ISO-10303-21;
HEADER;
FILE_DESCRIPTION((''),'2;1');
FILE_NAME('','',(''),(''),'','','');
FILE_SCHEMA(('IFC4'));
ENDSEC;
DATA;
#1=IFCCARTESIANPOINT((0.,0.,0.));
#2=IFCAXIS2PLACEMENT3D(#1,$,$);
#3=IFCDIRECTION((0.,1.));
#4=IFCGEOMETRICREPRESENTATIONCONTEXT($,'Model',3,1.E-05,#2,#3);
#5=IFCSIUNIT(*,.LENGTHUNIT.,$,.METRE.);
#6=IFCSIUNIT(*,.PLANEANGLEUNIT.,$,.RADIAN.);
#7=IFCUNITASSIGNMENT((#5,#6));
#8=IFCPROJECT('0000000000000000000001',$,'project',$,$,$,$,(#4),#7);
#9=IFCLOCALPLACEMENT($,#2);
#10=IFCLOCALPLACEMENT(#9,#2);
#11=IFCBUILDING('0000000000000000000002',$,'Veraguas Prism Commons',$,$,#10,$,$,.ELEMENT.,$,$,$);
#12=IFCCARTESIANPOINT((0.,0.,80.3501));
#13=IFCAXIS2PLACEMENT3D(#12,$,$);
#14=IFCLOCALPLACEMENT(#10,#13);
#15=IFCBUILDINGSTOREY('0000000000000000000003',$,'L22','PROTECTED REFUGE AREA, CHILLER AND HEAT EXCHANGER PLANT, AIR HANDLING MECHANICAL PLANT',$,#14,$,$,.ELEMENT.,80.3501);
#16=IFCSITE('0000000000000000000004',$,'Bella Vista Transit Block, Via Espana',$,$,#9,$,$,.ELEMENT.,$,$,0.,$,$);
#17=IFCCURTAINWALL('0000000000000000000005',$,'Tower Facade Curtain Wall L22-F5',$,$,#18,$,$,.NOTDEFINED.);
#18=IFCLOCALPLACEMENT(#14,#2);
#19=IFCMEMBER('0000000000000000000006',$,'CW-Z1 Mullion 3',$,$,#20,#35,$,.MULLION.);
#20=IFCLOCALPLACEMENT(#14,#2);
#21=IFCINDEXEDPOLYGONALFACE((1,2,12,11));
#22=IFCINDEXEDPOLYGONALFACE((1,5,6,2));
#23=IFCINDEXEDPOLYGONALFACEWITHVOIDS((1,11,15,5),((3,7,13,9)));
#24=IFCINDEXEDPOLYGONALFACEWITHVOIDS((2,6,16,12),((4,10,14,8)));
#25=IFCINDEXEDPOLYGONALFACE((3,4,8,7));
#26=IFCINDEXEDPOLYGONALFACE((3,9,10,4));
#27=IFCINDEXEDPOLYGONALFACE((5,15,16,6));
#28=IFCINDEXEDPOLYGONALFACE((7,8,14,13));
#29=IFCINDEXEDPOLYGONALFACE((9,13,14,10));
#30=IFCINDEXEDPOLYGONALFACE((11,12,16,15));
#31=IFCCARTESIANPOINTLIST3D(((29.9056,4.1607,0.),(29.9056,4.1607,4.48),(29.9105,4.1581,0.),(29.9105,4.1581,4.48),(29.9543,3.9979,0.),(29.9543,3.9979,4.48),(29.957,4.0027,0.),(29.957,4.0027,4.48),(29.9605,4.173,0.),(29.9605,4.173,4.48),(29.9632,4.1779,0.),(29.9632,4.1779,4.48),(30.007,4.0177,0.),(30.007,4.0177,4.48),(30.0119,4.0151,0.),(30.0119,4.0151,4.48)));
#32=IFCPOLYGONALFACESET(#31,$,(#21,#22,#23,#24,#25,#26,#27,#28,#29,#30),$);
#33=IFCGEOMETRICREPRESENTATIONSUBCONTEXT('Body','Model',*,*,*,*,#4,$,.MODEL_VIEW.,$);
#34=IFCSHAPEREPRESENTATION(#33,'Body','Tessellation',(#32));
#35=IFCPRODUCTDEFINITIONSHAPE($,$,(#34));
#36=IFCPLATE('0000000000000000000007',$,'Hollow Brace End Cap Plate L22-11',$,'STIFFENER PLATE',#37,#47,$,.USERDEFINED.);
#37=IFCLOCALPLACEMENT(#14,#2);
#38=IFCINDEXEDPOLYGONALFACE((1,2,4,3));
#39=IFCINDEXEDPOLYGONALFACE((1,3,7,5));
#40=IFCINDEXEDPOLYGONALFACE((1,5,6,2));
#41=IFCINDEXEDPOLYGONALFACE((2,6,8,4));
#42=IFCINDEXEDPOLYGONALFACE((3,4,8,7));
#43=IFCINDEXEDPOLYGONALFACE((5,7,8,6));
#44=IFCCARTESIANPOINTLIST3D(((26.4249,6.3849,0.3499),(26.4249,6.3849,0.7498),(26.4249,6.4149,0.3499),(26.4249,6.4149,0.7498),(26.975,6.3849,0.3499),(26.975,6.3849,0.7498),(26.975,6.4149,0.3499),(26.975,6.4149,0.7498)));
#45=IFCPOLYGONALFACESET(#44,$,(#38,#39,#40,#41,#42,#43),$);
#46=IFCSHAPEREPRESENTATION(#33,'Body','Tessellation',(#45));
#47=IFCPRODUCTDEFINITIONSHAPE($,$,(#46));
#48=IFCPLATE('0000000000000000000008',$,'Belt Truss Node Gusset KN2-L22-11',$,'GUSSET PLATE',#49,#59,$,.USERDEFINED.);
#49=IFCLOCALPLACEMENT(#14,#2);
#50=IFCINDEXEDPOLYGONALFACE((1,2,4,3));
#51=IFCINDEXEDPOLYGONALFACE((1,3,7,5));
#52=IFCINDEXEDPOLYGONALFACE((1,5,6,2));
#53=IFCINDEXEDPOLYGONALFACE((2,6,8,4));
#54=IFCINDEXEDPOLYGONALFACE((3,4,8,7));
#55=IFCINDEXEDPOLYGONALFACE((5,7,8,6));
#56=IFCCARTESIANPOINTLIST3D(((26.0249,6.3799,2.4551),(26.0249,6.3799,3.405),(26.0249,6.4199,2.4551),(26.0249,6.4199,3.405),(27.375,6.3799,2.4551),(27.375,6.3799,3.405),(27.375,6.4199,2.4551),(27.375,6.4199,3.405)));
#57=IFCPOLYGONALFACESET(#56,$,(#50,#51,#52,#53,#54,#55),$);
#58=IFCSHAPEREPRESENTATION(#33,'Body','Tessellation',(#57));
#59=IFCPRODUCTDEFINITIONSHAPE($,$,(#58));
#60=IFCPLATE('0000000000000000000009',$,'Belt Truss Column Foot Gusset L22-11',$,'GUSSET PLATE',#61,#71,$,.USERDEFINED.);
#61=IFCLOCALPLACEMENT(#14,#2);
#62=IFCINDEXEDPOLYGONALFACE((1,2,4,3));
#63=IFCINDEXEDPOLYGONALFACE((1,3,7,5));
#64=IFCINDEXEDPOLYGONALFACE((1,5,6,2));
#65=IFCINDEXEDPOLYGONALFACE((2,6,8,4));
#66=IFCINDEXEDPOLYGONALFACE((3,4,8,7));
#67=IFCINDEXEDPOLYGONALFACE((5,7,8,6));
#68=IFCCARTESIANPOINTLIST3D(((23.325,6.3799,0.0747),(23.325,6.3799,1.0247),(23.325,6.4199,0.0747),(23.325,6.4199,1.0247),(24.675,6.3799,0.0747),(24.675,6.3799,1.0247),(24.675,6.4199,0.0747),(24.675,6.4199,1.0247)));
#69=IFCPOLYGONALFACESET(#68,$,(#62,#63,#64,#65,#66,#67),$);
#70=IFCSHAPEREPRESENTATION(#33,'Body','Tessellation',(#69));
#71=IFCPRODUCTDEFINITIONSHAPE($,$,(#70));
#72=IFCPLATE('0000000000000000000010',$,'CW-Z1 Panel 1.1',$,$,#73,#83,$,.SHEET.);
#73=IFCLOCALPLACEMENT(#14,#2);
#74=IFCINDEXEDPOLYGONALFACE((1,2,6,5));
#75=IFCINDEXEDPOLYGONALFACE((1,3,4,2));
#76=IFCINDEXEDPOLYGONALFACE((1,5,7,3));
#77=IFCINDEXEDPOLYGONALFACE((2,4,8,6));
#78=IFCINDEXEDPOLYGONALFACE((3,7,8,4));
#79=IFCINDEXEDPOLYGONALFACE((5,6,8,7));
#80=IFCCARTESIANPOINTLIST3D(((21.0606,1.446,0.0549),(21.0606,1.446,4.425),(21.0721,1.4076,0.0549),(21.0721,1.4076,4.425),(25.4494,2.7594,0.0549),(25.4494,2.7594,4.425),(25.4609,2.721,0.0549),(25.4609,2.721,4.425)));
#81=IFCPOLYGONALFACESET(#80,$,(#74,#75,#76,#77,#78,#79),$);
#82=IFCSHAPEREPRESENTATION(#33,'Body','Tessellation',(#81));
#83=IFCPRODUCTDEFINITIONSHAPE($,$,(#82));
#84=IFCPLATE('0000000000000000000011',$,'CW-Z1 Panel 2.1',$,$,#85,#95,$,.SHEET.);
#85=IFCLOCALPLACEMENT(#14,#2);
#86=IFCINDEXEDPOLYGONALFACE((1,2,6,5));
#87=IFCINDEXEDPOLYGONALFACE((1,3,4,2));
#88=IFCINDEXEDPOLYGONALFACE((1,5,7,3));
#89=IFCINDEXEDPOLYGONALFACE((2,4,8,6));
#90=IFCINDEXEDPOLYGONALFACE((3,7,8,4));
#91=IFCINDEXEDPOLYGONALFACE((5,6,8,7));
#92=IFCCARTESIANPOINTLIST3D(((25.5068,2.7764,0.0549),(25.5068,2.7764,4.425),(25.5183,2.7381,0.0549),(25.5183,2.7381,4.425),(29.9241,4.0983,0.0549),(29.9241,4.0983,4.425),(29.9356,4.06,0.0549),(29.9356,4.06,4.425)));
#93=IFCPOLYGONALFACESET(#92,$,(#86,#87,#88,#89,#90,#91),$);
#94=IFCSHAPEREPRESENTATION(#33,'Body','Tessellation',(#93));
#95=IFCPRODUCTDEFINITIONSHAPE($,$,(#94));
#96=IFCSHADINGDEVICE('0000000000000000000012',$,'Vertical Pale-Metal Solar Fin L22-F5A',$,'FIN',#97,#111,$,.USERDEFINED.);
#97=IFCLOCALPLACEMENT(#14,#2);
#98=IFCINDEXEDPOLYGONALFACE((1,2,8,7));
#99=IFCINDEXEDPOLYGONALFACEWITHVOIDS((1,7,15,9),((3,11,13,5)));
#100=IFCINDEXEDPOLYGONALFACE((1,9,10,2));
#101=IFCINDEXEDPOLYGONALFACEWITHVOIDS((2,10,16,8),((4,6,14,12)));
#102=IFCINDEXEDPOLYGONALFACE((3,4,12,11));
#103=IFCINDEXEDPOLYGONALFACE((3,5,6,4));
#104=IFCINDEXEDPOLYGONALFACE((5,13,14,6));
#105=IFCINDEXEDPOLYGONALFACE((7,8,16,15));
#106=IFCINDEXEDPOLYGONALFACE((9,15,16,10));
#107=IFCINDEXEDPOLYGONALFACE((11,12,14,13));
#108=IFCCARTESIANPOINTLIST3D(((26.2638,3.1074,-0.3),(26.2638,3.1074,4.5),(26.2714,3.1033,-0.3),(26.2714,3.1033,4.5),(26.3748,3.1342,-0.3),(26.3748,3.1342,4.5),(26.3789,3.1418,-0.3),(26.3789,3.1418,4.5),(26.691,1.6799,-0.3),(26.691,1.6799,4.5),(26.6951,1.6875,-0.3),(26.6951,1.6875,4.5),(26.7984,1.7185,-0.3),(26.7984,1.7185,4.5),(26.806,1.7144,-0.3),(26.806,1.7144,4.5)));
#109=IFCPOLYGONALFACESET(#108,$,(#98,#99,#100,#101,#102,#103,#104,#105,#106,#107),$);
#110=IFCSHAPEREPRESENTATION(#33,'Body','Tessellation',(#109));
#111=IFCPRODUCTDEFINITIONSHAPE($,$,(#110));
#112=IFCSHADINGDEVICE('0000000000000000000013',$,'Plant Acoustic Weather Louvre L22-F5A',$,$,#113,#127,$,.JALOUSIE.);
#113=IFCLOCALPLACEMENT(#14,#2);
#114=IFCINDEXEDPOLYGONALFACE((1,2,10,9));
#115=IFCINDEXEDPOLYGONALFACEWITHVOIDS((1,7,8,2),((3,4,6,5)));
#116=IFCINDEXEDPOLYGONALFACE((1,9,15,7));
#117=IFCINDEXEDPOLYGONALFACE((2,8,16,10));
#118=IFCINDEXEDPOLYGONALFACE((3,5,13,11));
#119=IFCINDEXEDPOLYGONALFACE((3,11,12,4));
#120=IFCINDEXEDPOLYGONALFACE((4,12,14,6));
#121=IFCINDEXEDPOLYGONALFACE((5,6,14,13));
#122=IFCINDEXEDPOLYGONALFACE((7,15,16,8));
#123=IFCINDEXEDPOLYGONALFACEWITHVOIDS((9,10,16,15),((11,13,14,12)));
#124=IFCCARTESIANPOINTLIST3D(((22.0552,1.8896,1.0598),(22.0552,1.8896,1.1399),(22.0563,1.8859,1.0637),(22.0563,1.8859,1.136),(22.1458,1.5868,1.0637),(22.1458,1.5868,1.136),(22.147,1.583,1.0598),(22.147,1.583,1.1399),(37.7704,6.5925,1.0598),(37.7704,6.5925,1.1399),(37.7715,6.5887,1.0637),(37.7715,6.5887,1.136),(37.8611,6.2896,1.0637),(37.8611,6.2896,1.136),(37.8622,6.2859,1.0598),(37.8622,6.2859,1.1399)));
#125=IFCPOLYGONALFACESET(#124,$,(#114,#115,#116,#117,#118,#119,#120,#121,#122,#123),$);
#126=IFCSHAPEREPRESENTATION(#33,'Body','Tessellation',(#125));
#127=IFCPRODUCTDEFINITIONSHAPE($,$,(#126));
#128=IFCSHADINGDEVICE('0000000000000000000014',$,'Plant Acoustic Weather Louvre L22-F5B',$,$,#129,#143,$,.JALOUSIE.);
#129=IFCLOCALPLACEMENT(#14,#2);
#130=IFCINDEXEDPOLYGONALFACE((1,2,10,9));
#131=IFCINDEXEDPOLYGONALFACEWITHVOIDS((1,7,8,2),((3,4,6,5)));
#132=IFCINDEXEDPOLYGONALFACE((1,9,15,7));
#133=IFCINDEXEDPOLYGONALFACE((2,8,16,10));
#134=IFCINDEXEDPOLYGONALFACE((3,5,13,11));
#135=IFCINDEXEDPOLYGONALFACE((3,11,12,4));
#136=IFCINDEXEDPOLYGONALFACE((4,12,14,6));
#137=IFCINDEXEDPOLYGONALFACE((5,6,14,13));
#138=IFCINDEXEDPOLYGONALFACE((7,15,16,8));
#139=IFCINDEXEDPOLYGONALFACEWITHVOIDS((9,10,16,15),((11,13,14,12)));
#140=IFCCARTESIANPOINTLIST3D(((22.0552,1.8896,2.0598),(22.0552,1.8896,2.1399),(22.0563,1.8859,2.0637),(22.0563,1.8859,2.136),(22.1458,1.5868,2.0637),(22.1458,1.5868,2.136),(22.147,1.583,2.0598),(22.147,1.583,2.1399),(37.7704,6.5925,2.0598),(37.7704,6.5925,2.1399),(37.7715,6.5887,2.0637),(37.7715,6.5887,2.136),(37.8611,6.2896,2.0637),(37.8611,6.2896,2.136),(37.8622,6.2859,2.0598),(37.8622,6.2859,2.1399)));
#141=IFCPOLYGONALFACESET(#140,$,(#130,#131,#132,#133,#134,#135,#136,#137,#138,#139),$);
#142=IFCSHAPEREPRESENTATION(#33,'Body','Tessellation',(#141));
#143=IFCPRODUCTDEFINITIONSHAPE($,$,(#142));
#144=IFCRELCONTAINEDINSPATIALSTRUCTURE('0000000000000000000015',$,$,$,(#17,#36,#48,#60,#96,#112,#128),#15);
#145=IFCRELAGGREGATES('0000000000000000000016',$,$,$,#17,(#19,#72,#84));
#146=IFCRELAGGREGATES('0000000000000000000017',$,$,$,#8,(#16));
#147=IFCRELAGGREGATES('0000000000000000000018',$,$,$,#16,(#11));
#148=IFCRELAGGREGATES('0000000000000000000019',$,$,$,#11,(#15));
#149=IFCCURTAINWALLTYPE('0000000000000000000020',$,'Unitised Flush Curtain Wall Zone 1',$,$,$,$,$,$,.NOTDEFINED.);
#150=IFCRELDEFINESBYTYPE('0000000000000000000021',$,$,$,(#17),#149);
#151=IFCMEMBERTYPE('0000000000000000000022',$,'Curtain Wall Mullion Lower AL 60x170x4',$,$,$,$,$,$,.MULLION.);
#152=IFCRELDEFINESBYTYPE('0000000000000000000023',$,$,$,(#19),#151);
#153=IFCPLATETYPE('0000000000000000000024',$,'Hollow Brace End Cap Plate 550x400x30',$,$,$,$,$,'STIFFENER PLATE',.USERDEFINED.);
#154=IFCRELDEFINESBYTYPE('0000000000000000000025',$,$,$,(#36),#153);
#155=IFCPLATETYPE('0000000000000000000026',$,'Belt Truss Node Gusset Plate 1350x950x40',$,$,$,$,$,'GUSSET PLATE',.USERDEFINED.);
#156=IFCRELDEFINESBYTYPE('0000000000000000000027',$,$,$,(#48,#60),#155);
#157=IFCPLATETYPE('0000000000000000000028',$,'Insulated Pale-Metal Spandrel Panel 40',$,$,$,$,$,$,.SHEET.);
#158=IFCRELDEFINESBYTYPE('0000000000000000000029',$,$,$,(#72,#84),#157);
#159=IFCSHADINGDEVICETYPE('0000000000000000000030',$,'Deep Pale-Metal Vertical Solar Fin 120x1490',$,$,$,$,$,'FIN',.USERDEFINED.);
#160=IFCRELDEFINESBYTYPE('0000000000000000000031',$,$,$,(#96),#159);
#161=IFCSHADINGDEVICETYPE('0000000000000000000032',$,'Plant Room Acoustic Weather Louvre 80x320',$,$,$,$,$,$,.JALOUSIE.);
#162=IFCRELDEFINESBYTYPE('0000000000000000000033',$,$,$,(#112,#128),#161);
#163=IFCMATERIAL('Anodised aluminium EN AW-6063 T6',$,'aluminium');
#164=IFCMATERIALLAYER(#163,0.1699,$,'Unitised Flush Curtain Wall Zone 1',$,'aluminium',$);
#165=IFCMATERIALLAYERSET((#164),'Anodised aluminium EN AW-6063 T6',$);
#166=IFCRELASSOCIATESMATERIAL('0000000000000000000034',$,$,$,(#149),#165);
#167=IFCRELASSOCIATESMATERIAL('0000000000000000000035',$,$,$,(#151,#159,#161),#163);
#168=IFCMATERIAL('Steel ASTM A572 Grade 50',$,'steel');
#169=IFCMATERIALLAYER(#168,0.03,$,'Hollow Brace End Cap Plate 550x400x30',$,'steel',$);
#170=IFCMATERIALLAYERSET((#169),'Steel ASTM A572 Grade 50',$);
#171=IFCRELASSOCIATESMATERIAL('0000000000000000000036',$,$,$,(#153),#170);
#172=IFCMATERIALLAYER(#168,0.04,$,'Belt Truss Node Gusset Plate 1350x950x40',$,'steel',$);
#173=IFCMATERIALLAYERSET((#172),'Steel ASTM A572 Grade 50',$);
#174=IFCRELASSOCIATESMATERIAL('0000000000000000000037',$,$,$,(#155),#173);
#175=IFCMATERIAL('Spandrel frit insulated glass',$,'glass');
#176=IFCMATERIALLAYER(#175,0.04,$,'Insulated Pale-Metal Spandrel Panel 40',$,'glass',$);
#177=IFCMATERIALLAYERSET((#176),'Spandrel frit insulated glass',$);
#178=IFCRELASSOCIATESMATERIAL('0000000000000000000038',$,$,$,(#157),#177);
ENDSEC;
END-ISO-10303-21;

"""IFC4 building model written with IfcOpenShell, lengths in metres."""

from ifc_helpers import new_model, si_unit, direction, frame, origin, origin_2d, place, context, subcontext, project, spatial, rectangle, hollow_rectangle, extrude, source, transform, mapped, material, layer, layer_set, material_profile, profile_set, type_object, element, aggregate, save


model = new_model("IFC4")

# Units and contexts
model_context = context("Model", 3, precision=1e-05, world=origin(), true_north=direction((0.0, 1.0)))
body_context = subcontext(model_context, "Body", "Model", "MODEL_VIEW")
ifc_project = project(units=[si_unit("LENGTHUNIT", "METRE"), si_unit("PLANEANGLEUNIT", "RADIAN")], contexts=[model_context])

# Site, building, storey
site_placement = place(None, origin())
site = spatial("IfcSite", under=ifc_project, at=site_placement, Name="Bella Vista Transit Block, Via Espana", CompositionType="ELEMENT", RefElevation=0.0)
building_placement = place(site_placement, origin())
building = spatial("IfcBuilding", under=site, at=building_placement, Name="Veraguas Prism Commons", CompositionType="ELEMENT")
storey_placement = place(building_placement, frame((0.0, 0.0, 80.3501)))
storey = spatial("IfcBuildingStorey", under=building, at=storey_placement, Name="L22", Description="PROTECTED REFUGE AREA, CHILLER AND HEAT EXCHANGER PLANT, AIR HANDLING MECHANICAL PLANT", CompositionType="ELEMENT", Elevation=80.3501)

# Shared definitions
ifc_material_1 = material(Name="Steel ASTM A572 Grade 50", Category="steel")

# Curtain wall, member
ifc_material_2 = material(Name="Anodised aluminium EN AW-6063 T6", Category="aluminium")
ifc_layer_1 = layer(ifc_material_2, 0.1699, Name="Unitised Flush Curtain Wall Zone 1", Category="aluminium")
ifc_layer_set_1 = layer_set([ifc_layer_1], Name="Anodised aluminium EN AW-6063 T6")
curtain_wall_type = type_object("IfcCurtainWallType", Name="Unitised Flush Curtain Wall Zone 1", PredefinedType="NOTDEFINED", material=ifc_layer_set_1)
curtain_wall_placement = place(storey_placement, origin())
curtain_wall = element("IfcCurtainWall", 1, at=curtain_wall_placement, inside=storey, type_object=curtain_wall_type, Name="Tower Facade Curtain Wall L22-F5", PredefinedType="NOTDEFINED")
ifc_material_profile_1 = material_profile(ifc_material_2, hollow_rectangle(XDim=0.0601, YDim=0.1699, WallThickness=0.0039, at=origin_2d()), Name="AL60X170X4")
ifc_profile_set_1 = profile_set([ifc_material_profile_1], Name="Anodised aluminium EN AW-6063 T6")
member_type_1 = type_object("IfcMemberType", Name="Curtain Wall Mullion Lower AL 60x170x4", PredefinedType="MULLION", material=ifc_profile_set_1)
shared_shape_1 = source(origin(), body_context, "Body", "SweptSolid", [
    extrude(hollow_rectangle(XDim=0.0601, YDim=0.1699, WallThickness=0.0039, at=origin_2d()), origin(), (0.0, 0.0, 1.0), 4.48),
])
member_1_placement = place(storey_placement, frame((29.9587, 4.0879, 0.0), z_axis=(0.0, 0.0, 1.0), x_axis=(0.958023, 0.286692, 0.0)))
member_1 = element("IfcMember", 2, at=member_1_placement, type_object=member_type_1, Name="CW-Z1 Mullion 3", PredefinedType="MULLION", context=body_context, shape_type="MappedRepresentation", body=[
    mapped(shared_shape_1, transform((0.0, 0.0, 0.0), scale=1.0)),
])

# Plates
ifc_layer_2 = layer(ifc_material_1, 0.03, Name="Hollow Brace End Cap Plate 550x400x30", Category="steel")
ifc_layer_set_2 = layer_set([ifc_layer_2], Name="Steel ASTM A572 Grade 50")
plate_type_1 = type_object("IfcPlateType", Name="Hollow Brace End Cap Plate 550x400x30", ElementType="STIFFENER PLATE", PredefinedType="USERDEFINED", material=ifc_layer_set_2)
shared_shape_2 = source(origin(), body_context, "Body", "SweptSolid", [
    extrude(rectangle(XDim=0.55, YDim=0.03, at=origin_2d()), origin(), (0.0, 0.0, 1.0), 0.3999),
])
plate_1_placement = place(storey_placement, frame((26.7, 6.3999, 0.3499), z_axis=(0.0, 0.0, 1.0), x_axis=(1.0, 0.0, 0.0)))
element("IfcPlate", 3, at=plate_1_placement, inside=storey, type_object=plate_type_1, Name="Hollow Brace End Cap Plate L22-11", ObjectType="STIFFENER PLATE", PredefinedType="USERDEFINED", context=body_context, shape_type="MappedRepresentation", body=[
    mapped(shared_shape_2, transform((0.0, 0.0, 0.0), scale=1.0)),
])
ifc_layer_3 = layer(ifc_material_1, 0.04, Name="Belt Truss Node Gusset Plate 1350x950x40", Category="steel")
ifc_layer_set_3 = layer_set([ifc_layer_3], Name="Steel ASTM A572 Grade 50")
plate_type_2 = type_object("IfcPlateType", Name="Belt Truss Node Gusset Plate 1350x950x40", ElementType="GUSSET PLATE", PredefinedType="USERDEFINED", material=ifc_layer_set_3)
shared_shape_3 = source(origin(), body_context, "Body", "SweptSolid", [
    extrude(rectangle(XDim=1.3501, YDim=0.04, at=origin_2d()), origin(), (0.0, 0.0, 1.0), 0.95),
])
for number, where, z_axis, x_axis, name in (
    (4, (26.7, 6.3999, 2.4551), (0.0, 0.0, 1.0), (1.0, 0.0, 0.0), "Belt Truss Node Gusset KN2-L22-11"),
    (5, (24.0, 6.3999, 0.0747), (0.0, 0.0, 1.0), (1.0, 0.0, 0.0), "Belt Truss Column Foot Gusset L22-11"),
):
    element("IfcPlate", number, at=place(storey_placement, frame(where, z_axis=z_axis, x_axis=x_axis)), inside=storey, type_object=plate_type_2, Name=name, ObjectType="GUSSET PLATE", PredefinedType="USERDEFINED", context=body_context, shape_type="MappedRepresentation", body=[
        mapped(shared_shape_3, transform((0.0, 0.0, 0.0), scale=1.0)),
    ])

# Plates
ifc_material_3 = material(Name="Spandrel frit insulated glass", Category="glass")
ifc_layer_4 = layer(ifc_material_3, 0.04, Name="Insulated Pale-Metal Spandrel Panel 40", Category="glass")
ifc_layer_set_4 = layer_set([ifc_layer_4], Name="Spandrel frit insulated glass")
plate_type_3 = type_object("IfcPlateType", Name="Insulated Pale-Metal Spandrel Panel 40", PredefinedType="SHEET", material=ifc_layer_set_4)
shared_shape_4 = source(origin(), body_context, "Body", "SweptSolid", [
    extrude(rectangle(XDim=4.5811, YDim=0.04, at=origin_2d()), origin(), (0.0, 0.0, 1.0), 4.3701),
])
plate_2_placement = place(storey_placement, frame((23.2607, 2.0835, 0.0549), z_axis=(0.0, 0.0, 1.0), x_axis=(0.958023, 0.286692, 0.0)))
plate_2 = element("IfcPlate", 6, at=plate_2_placement, type_object=plate_type_3, Name="CW-Z1 Panel 1.1", PredefinedType="SHEET", context=body_context, shape_type="MappedRepresentation", body=[
    mapped(shared_shape_4, transform((0.0, 0.0, 0.0), scale=1.0)),
])
shared_shape_5 = source(origin(), body_context, "Body", "SweptSolid", [
    extrude(rectangle(XDim=4.6108, YDim=0.04, at=origin_2d()), origin(), (0.0, 0.0, 1.0), 4.3701),
])
plate_3_placement = place(storey_placement, frame((27.7212, 3.4182, 0.0549), z_axis=(0.0, 0.0, 1.0), x_axis=(0.958023, 0.286692, 0.0)))
plate_3 = element("IfcPlate", 7, at=plate_3_placement, type_object=plate_type_3, Name="CW-Z1 Panel 2.1", PredefinedType="SHEET", context=body_context, shape_type="MappedRepresentation", body=[
    mapped(shared_shape_5, transform((0.0, 0.0, 0.0), scale=1.0)),
])
aggregate(curtain_wall, [member_1, plate_2, plate_3])

# Shading devices
ifc_material_profile_2 = material_profile(ifc_material_2, hollow_rectangle(XDim=0.1201, YDim=1.49, WallThickness=0.0061, at=origin_2d()), Name="FIN120X1490X6")
ifc_profile_set_2 = profile_set([ifc_material_profile_2], Name="Anodised aluminium EN AW-6063 T6")
shading_device_type_1 = type_object("IfcShadingDeviceType", Name="Deep Pale-Metal Vertical Solar Fin 120x1490", ElementType="FIN", PredefinedType="USERDEFINED", material=ifc_profile_set_2)
shading_device_placement = place(storey_placement, frame((26.5349, 2.4109, -0.3), z_axis=(0.0, 0.0, 1.0), x_axis=(0.958023, 0.286692, 0.0)))
element("IfcShadingDevice", 8, at=shading_device_placement, inside=storey, type_object=shading_device_type_1, Name="Vertical Pale-Metal Solar Fin L22-F5A", ObjectType="FIN", PredefinedType="USERDEFINED", context=body_context, shape_type="SweptSolid", body=[
    extrude(hollow_rectangle(XDim=0.1201, YDim=1.49, WallThickness=0.0061, at=origin_2d()), origin(), (0.0, 0.0, 1.0), 4.8),
])
ifc_material_profile_3 = material_profile(ifc_material_2, hollow_rectangle(XDim=0.0801, YDim=0.3201, WallThickness=0.0039, at=origin_2d()), Name="LVR80X320X4")
ifc_profile_set_3 = profile_set([ifc_material_profile_3], Name="Anodised aluminium EN AW-6063 T6")
shading_device_type_2 = type_object("IfcShadingDeviceType", Name="Plant Room Acoustic Weather Louvre 80x320", PredefinedType="JALOUSIE", material=ifc_profile_set_3)
for number, where, z_axis, x_axis, name in (
    (9, (22.1011, 1.7363, 1.0999), (0.958023, 0.286692, 0.0), (0.0, 0.0, 1.0), "Plant Acoustic Weather Louvre L22-F5A"),
    (10, (22.1011, 1.7363, 2.0999), (0.958023, 0.286692, 0.0), (0.0, 0.0, 1.0), "Plant Acoustic Weather Louvre L22-F5B"),
):
    element("IfcShadingDevice", number, at=place(storey_placement, frame(where, z_axis=z_axis, x_axis=x_axis)), inside=storey, type_object=shading_device_type_2, Name=name, PredefinedType="JALOUSIE", context=body_context, shape_type="SweptSolid", body=[
        extrude(hollow_rectangle(XDim=0.0801, YDim=0.3201, WallThickness=0.0039, at=origin_2d()), origin(), (0.0, 0.0, 1.0), 16.4038),
    ])

save(model, "model.ifc")
